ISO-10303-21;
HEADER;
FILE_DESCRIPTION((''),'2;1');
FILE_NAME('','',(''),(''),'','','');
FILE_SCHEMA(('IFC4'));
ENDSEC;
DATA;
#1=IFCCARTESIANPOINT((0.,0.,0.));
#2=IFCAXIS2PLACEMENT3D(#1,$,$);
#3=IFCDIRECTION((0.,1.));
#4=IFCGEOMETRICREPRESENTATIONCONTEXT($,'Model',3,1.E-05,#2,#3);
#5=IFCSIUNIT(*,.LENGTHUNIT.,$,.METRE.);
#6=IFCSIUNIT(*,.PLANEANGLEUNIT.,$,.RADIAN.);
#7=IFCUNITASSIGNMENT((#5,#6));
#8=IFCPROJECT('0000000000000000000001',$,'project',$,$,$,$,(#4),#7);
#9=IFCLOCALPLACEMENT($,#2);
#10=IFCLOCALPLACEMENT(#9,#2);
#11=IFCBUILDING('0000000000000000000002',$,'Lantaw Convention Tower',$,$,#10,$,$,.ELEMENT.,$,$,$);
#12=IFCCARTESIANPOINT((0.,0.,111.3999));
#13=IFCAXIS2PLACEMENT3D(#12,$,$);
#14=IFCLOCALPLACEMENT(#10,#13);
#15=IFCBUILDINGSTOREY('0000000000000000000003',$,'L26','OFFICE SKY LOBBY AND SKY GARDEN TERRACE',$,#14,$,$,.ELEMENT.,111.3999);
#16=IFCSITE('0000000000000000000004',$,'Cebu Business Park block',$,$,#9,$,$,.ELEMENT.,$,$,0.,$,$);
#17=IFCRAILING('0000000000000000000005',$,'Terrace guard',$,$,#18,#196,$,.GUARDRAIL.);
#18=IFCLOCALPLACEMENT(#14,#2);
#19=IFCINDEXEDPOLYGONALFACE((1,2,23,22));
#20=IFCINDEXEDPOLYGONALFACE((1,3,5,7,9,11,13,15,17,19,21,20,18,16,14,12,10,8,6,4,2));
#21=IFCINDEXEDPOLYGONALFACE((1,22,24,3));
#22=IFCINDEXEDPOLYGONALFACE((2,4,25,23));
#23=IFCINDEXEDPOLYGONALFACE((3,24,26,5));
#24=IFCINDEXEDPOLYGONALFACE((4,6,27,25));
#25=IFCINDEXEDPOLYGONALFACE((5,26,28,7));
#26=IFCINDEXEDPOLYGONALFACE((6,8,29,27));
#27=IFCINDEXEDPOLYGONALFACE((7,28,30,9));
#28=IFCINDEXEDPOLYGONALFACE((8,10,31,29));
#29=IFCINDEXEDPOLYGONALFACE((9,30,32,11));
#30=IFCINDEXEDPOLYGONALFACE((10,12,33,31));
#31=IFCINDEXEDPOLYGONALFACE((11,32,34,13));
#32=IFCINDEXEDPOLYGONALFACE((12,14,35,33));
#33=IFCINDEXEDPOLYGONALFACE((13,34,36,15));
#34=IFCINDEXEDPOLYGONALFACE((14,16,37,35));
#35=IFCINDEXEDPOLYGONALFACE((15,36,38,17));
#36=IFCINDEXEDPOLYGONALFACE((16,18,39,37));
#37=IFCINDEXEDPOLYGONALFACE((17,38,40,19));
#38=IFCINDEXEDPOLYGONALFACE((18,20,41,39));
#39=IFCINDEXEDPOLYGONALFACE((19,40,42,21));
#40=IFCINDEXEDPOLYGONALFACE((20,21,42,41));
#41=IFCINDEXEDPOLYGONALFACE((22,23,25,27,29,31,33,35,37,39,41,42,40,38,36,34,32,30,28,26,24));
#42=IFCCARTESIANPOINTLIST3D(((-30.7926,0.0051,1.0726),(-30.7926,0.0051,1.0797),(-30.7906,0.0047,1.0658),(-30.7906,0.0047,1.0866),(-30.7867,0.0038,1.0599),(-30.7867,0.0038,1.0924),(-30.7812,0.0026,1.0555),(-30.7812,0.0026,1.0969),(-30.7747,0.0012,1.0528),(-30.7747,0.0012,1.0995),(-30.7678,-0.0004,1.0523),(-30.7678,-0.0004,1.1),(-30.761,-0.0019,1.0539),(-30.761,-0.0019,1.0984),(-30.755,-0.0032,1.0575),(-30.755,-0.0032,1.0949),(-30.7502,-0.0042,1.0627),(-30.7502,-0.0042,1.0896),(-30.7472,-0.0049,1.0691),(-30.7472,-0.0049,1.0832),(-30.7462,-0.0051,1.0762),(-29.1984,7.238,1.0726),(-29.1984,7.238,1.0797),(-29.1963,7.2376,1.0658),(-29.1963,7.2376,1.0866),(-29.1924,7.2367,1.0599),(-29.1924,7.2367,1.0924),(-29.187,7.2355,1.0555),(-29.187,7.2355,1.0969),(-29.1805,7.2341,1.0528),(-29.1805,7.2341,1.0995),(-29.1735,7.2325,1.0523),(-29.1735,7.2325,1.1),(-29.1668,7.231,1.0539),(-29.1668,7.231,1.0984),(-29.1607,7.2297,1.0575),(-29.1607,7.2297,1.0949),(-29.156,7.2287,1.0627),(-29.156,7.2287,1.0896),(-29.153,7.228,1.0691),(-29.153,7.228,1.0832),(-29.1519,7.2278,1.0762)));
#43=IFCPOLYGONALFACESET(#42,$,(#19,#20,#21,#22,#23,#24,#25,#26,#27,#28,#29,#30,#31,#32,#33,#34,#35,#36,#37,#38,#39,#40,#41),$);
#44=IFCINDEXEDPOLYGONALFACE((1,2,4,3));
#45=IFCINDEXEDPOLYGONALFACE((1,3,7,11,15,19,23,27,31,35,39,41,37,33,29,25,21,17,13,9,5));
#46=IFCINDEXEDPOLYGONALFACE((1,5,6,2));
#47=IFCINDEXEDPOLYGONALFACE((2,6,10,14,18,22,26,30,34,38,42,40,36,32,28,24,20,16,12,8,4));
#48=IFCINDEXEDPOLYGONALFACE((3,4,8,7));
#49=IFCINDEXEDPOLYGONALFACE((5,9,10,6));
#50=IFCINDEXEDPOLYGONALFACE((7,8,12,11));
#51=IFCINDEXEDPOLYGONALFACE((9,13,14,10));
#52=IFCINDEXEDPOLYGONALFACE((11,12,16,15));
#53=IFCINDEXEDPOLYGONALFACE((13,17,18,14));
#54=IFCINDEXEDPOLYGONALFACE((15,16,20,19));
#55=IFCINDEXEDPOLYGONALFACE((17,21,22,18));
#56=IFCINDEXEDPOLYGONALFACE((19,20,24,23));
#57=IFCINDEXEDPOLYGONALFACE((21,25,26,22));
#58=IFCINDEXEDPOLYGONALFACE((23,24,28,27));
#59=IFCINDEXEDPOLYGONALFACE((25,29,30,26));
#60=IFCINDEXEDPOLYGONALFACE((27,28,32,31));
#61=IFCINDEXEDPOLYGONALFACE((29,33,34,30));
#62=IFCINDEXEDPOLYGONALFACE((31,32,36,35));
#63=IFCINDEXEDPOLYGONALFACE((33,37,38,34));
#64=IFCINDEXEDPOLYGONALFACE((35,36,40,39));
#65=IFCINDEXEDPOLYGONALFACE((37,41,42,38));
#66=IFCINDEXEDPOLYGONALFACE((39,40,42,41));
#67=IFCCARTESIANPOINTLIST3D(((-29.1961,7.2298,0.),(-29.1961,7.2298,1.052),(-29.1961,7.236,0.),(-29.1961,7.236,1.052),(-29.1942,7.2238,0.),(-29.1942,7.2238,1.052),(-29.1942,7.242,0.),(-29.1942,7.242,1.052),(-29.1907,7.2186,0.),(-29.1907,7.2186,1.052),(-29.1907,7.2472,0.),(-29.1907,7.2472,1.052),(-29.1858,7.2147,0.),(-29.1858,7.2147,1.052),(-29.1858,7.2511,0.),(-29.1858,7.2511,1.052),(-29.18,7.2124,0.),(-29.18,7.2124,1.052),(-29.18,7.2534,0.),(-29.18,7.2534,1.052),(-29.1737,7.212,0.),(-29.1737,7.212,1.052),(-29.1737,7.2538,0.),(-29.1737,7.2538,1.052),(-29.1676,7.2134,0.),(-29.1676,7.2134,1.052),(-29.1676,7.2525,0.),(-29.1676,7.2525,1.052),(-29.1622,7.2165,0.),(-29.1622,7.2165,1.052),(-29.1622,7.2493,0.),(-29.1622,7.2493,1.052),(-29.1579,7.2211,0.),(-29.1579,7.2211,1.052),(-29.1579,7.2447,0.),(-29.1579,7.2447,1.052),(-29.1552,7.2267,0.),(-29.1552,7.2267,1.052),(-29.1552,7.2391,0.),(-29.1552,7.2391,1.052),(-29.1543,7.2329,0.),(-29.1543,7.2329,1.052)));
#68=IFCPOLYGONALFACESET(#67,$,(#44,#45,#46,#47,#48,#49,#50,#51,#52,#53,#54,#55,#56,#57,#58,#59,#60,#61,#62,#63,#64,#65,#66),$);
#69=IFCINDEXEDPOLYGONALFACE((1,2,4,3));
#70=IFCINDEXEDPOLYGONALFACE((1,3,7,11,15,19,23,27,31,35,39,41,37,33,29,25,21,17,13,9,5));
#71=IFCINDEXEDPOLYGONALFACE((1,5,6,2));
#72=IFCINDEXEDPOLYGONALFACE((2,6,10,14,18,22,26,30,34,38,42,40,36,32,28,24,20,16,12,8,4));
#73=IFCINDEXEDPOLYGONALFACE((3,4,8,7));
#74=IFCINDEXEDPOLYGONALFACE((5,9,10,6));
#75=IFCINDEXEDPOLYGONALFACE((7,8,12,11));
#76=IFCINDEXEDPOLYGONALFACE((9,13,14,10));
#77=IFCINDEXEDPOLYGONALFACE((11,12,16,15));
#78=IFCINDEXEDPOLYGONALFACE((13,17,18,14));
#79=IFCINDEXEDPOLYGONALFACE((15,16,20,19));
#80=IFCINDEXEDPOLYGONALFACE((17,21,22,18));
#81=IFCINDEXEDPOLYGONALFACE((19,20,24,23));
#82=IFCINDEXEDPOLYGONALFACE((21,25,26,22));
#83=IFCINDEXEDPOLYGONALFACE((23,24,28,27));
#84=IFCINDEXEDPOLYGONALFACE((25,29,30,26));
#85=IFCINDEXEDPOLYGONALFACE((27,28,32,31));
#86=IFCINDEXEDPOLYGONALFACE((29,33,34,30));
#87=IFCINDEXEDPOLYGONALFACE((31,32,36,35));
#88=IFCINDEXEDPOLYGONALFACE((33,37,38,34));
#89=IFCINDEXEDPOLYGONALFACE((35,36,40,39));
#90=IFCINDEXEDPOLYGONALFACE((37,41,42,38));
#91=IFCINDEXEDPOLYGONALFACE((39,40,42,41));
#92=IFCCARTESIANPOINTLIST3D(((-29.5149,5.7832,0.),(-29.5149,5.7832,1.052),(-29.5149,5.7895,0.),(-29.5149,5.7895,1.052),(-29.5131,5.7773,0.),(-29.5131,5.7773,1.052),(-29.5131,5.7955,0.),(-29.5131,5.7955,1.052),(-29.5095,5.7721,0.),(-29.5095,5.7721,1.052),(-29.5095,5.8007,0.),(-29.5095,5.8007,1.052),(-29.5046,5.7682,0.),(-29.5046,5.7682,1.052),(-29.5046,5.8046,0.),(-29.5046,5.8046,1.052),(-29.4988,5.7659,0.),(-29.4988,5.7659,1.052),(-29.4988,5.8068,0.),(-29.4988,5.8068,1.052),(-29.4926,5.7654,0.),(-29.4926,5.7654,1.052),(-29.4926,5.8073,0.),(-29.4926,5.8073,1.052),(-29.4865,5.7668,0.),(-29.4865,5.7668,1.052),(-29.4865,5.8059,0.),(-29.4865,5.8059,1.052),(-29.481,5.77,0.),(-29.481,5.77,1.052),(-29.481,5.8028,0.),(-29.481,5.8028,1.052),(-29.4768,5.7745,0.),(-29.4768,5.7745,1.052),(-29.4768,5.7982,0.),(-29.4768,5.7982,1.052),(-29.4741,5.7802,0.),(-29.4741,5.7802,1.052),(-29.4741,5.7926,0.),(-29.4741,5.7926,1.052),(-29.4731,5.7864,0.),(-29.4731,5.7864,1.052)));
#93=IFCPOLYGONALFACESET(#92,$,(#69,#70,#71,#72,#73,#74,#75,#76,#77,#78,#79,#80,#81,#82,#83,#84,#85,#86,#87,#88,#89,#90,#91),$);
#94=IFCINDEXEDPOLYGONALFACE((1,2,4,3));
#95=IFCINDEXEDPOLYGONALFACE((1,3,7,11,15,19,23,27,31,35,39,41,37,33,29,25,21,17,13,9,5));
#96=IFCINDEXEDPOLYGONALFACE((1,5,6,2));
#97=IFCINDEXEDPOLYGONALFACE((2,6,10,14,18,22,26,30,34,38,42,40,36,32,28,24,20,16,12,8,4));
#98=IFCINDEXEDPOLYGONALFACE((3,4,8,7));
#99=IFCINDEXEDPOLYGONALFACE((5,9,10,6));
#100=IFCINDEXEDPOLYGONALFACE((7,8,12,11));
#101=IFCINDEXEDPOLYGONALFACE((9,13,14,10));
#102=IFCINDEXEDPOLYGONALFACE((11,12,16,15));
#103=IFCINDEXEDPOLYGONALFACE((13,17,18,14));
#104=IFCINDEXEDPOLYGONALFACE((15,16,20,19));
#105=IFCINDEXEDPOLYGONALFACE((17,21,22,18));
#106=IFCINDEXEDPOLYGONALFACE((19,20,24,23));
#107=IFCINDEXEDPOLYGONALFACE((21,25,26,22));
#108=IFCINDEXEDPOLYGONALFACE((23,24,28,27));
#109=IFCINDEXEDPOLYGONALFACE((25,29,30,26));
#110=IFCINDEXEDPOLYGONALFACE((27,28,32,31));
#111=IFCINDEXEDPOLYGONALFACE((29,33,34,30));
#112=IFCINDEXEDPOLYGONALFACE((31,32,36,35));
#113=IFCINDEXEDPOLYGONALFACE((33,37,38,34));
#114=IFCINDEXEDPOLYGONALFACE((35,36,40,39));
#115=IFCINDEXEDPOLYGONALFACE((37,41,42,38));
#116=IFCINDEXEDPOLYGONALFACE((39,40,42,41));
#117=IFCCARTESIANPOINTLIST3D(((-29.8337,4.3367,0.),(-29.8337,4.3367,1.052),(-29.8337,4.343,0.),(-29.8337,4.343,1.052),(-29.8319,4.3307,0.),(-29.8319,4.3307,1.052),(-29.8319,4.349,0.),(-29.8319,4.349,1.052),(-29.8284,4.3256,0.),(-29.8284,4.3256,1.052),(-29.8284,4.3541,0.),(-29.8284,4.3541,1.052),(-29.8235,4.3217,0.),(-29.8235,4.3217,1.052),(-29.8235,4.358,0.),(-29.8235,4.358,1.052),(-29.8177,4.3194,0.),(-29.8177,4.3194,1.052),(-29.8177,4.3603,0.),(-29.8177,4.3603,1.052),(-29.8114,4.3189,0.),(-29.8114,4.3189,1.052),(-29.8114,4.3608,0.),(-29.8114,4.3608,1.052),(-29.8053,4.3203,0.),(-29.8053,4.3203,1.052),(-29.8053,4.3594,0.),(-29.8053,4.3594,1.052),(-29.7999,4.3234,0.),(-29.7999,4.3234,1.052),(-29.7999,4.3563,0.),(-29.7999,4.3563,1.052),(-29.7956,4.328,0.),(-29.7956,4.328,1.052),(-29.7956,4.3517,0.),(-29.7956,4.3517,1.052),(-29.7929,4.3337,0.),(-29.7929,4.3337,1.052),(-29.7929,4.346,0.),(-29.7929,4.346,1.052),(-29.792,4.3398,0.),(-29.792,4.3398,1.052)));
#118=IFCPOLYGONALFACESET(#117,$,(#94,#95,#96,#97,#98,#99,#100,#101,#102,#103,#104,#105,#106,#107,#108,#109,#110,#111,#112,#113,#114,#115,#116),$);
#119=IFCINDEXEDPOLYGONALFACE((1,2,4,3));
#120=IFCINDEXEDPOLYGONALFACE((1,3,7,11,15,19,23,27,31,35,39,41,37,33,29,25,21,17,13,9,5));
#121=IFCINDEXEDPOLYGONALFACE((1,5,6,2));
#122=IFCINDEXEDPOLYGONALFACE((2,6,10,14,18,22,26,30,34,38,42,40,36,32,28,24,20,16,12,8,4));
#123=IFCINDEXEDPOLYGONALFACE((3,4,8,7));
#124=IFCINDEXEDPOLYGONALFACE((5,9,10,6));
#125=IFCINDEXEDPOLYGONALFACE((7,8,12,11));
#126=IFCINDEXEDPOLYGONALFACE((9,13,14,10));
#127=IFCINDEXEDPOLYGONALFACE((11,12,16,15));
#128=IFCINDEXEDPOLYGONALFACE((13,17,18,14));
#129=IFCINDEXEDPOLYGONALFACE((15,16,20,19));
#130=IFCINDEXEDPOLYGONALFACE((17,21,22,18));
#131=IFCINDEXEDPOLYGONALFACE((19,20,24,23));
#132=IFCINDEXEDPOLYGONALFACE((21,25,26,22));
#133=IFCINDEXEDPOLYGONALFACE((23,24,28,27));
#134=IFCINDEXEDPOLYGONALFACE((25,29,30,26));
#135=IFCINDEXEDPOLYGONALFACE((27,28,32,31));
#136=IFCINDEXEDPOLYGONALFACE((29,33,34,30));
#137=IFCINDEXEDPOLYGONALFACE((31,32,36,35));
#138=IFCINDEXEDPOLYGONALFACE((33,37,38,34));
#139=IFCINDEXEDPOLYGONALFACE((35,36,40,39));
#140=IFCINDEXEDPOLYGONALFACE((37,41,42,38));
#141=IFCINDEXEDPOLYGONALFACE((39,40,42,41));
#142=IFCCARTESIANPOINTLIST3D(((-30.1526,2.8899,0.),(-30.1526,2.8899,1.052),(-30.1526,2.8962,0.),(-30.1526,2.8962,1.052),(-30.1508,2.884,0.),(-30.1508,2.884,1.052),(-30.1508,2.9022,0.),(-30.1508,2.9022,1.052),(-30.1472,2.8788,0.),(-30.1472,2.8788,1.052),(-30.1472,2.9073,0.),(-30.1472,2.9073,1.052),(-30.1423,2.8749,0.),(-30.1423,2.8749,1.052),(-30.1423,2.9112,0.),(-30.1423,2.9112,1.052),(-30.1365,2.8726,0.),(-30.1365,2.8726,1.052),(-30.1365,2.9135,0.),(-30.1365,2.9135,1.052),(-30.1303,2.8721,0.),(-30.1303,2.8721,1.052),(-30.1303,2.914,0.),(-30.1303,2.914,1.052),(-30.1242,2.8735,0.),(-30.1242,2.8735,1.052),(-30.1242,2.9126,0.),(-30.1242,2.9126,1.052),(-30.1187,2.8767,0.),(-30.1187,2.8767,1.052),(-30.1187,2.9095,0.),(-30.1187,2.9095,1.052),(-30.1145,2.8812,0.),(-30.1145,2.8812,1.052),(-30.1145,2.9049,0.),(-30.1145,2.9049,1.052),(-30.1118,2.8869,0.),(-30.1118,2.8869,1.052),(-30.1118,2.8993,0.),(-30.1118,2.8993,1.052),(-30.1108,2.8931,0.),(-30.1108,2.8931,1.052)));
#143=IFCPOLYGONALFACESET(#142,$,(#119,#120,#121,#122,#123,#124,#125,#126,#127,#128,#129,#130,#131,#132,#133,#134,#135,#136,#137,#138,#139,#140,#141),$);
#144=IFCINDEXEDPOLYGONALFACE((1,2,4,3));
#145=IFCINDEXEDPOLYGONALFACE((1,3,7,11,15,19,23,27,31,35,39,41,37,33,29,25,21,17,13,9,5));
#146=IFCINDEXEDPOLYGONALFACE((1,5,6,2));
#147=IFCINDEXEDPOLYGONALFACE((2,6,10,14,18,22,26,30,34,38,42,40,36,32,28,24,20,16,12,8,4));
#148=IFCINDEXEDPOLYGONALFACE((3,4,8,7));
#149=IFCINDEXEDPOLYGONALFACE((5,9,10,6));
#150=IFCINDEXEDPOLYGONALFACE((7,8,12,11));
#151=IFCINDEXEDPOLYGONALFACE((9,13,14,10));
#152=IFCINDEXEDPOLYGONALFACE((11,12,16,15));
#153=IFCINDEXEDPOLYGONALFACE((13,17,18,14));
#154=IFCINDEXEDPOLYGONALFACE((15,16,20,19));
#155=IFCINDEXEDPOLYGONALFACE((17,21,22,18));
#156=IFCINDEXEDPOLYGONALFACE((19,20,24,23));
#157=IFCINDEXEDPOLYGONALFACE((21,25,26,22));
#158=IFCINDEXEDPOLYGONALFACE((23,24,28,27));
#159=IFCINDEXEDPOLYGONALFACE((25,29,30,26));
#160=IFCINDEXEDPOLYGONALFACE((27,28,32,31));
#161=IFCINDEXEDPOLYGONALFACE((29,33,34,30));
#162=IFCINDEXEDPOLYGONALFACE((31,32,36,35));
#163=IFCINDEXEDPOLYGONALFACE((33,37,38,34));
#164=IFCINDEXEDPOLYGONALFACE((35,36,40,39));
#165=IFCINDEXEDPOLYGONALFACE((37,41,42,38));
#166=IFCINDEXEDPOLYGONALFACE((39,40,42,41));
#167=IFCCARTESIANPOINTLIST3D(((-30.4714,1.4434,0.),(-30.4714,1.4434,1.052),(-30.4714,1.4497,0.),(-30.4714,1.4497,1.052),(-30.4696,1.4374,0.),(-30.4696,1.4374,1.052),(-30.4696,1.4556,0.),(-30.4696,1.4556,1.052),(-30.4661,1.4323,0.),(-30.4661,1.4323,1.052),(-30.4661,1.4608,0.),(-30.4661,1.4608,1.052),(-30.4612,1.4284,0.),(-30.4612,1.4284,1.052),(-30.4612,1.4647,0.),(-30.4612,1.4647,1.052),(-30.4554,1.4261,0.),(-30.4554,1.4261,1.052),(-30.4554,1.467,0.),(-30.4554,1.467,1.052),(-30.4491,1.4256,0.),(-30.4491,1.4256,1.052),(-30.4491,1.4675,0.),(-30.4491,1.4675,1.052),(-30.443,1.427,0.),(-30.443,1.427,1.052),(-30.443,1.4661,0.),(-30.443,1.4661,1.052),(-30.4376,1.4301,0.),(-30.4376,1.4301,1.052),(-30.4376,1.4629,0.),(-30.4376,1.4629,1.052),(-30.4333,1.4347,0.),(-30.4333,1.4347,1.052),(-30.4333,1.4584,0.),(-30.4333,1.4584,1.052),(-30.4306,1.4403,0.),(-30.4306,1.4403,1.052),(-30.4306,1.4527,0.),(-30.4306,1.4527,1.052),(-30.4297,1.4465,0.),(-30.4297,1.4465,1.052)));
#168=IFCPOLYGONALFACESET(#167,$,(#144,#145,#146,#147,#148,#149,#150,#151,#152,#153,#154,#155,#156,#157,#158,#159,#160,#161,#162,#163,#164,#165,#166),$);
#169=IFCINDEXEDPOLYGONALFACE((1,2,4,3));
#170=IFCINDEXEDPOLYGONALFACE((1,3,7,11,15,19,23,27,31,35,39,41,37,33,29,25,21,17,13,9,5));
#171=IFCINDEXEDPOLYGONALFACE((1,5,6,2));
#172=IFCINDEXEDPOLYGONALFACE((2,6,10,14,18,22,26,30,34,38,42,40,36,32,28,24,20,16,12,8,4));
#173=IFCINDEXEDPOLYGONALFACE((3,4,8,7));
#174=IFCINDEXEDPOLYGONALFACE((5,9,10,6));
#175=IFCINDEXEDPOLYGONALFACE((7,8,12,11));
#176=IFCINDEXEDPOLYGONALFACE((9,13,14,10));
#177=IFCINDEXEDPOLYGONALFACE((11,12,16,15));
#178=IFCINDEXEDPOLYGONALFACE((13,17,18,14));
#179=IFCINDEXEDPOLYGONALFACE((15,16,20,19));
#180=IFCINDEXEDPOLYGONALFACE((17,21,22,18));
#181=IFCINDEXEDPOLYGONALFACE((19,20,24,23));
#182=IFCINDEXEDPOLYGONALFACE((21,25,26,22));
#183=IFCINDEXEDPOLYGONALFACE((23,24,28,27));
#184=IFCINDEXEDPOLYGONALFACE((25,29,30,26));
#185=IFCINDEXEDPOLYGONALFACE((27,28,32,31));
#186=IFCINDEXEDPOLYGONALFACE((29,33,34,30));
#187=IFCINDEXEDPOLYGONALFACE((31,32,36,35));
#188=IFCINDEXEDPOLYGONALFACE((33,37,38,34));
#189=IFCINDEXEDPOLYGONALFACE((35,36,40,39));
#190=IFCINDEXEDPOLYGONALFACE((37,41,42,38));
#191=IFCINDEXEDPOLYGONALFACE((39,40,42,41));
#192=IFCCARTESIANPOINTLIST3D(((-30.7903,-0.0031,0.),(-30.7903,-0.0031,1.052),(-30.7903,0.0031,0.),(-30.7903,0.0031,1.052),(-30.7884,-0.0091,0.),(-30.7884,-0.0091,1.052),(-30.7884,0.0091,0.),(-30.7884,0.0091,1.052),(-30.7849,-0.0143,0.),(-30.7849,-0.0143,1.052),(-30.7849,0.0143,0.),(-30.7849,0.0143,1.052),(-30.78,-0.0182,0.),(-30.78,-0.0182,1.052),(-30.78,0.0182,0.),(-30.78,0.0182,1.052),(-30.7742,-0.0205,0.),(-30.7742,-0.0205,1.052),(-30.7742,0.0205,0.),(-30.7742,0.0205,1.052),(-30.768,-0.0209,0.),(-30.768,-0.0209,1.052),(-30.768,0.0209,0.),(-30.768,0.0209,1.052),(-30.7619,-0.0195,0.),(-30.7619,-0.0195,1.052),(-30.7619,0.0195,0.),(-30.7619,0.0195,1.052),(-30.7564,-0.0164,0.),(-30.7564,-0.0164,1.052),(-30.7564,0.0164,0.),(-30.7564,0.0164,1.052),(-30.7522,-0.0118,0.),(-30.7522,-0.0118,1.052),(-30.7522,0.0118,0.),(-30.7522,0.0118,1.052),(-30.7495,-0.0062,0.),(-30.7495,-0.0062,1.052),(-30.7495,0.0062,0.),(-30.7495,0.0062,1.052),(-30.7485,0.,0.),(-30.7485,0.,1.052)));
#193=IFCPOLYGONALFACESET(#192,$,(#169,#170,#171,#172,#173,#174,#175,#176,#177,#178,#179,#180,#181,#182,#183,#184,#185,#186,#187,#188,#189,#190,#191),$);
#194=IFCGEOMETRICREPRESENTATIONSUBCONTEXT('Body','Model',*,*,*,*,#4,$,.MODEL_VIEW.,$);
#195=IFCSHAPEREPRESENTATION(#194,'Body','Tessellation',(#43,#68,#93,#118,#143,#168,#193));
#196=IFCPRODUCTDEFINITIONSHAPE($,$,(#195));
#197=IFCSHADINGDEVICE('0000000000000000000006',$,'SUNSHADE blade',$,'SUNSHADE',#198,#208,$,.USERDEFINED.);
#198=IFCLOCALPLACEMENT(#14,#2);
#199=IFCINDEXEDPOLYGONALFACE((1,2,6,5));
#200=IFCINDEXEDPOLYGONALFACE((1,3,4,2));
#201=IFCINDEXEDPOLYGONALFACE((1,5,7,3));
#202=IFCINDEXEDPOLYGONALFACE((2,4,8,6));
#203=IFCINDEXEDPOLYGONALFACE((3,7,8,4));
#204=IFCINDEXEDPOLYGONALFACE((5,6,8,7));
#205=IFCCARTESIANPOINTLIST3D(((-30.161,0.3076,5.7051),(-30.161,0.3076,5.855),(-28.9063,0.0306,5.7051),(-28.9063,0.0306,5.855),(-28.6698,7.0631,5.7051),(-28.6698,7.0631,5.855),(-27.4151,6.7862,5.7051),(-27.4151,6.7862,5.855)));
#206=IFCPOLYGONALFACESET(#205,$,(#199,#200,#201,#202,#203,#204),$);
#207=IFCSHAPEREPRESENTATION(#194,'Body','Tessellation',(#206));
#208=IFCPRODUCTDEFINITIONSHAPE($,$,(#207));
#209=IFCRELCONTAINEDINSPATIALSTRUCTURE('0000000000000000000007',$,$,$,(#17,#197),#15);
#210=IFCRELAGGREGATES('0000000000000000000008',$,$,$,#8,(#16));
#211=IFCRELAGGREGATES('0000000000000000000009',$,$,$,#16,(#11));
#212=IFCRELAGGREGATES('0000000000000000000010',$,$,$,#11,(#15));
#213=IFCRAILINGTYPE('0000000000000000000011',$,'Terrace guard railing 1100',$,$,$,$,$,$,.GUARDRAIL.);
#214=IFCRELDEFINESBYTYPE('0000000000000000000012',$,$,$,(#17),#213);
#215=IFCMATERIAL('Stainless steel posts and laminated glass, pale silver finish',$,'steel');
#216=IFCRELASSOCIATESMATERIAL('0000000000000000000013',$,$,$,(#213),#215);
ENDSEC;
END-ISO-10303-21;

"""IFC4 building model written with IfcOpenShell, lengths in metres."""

from ifc_helpers import new_model, si_unit, direction, frame, origin, origin_2d, place, context, subcontext, project, spatial, rectangle, circle, extrude, material, type_object, element, save


model = new_model("IFC4")

# Units and contexts
model_context = context("Model", 3, precision=1e-05, world=origin(), true_north=direction((0.0, 1.0)))
body_context = subcontext(model_context, "Body", "Model", "MODEL_VIEW")
ifc_project = project(units=[si_unit("LENGTHUNIT", "METRE"), si_unit("PLANEANGLEUNIT", "RADIAN")], contexts=[model_context])

# Site, building, storey
site_placement = place(None, origin())
site = spatial("IfcSite", under=ifc_project, at=site_placement, Name="Cebu Business Park block", CompositionType="ELEMENT", RefElevation=0.0)
building_placement = place(site_placement, origin())
building = spatial("IfcBuilding", under=site, at=building_placement, Name="Lantaw Convention Tower", CompositionType="ELEMENT")
storey_placement = place(building_placement, frame((0.0, 0.0, 111.3999)))
storey = spatial("IfcBuildingStorey", under=building, at=storey_placement, Name="L26", Description="OFFICE SKY LOBBY AND SKY GARDEN TERRACE", CompositionType="ELEMENT", Elevation=111.3999)

# Railing
ifc_material_1 = material(Name="Stainless steel posts and laminated glass, pale silver finish", Category="steel")
railing_type = type_object("IfcRailingType", Name="Terrace guard railing 1100", PredefinedType="GUARDRAIL", material=ifc_material_1)
railing_placement = place(storey_placement, frame((-29.1753, 7.2329, 0.0)))
element("IfcRailing", 1, at=railing_placement, inside=storey, type_object=railing_type, Name="Terrace guard", PredefinedType="GUARDRAIL", context=body_context, shape_type="SweptSolid", body=[
    extrude(circle(Radius=0.0239, at=origin_2d()), frame((0.0, 0.0, 1.0762), z_axis=(-0.215248, -0.976559, 0.0), x_axis=(0.976559, -0.215248, 0.0)), (0.0, 0.0, 1.0), 7.4065),
    extrude(circle(Radius=0.021, at=origin_2d()), origin(), (0.0, 0.0, 1.0), 1.052),
    extrude(circle(Radius=0.021, at=origin_2d()), frame((-0.3188, -1.4465, 0.0)), (0.0, 0.0, 1.0), 1.052),
    extrude(circle(Radius=0.021, at=origin_2d()), frame((-0.6377, -2.8931, 0.0)), (0.0, 0.0, 1.0), 1.052),
    extrude(circle(Radius=0.021, at=origin_2d()), frame((-0.9565, -4.3398, 0.0)), (0.0, 0.0, 1.0), 1.052),
    extrude(circle(Radius=0.021, at=origin_2d()), frame((-1.2754, -5.7864, 0.0)), (0.0, 0.0, 1.0), 1.052),
    extrude(circle(Radius=0.021, at=origin_2d()), frame((-1.5942, -7.2329, 0.0)), (0.0, 0.0, 1.0), 1.052),
])

# Shading device
shading_device_placement = place(storey_placement, frame((-28.7881, 3.5469, 5.7051), z_axis=(0.0, 0.0, 1.0), x_axis=(-0.215546, -0.976494, 0.0)))
element("IfcShadingDevice", 2, at=shading_device_placement, inside=storey, Name="SUNSHADE blade", ObjectType="SUNSHADE", PredefinedType="USERDEFINED", context=body_context, shape_type="SweptSolid", body=[
    extrude(rectangle(XDim=6.9182, YDim=1.2849, at=origin_2d()), origin(), (0.0, 0.0, 1.0), 0.1499),
])

save(model, "model.ifc")
